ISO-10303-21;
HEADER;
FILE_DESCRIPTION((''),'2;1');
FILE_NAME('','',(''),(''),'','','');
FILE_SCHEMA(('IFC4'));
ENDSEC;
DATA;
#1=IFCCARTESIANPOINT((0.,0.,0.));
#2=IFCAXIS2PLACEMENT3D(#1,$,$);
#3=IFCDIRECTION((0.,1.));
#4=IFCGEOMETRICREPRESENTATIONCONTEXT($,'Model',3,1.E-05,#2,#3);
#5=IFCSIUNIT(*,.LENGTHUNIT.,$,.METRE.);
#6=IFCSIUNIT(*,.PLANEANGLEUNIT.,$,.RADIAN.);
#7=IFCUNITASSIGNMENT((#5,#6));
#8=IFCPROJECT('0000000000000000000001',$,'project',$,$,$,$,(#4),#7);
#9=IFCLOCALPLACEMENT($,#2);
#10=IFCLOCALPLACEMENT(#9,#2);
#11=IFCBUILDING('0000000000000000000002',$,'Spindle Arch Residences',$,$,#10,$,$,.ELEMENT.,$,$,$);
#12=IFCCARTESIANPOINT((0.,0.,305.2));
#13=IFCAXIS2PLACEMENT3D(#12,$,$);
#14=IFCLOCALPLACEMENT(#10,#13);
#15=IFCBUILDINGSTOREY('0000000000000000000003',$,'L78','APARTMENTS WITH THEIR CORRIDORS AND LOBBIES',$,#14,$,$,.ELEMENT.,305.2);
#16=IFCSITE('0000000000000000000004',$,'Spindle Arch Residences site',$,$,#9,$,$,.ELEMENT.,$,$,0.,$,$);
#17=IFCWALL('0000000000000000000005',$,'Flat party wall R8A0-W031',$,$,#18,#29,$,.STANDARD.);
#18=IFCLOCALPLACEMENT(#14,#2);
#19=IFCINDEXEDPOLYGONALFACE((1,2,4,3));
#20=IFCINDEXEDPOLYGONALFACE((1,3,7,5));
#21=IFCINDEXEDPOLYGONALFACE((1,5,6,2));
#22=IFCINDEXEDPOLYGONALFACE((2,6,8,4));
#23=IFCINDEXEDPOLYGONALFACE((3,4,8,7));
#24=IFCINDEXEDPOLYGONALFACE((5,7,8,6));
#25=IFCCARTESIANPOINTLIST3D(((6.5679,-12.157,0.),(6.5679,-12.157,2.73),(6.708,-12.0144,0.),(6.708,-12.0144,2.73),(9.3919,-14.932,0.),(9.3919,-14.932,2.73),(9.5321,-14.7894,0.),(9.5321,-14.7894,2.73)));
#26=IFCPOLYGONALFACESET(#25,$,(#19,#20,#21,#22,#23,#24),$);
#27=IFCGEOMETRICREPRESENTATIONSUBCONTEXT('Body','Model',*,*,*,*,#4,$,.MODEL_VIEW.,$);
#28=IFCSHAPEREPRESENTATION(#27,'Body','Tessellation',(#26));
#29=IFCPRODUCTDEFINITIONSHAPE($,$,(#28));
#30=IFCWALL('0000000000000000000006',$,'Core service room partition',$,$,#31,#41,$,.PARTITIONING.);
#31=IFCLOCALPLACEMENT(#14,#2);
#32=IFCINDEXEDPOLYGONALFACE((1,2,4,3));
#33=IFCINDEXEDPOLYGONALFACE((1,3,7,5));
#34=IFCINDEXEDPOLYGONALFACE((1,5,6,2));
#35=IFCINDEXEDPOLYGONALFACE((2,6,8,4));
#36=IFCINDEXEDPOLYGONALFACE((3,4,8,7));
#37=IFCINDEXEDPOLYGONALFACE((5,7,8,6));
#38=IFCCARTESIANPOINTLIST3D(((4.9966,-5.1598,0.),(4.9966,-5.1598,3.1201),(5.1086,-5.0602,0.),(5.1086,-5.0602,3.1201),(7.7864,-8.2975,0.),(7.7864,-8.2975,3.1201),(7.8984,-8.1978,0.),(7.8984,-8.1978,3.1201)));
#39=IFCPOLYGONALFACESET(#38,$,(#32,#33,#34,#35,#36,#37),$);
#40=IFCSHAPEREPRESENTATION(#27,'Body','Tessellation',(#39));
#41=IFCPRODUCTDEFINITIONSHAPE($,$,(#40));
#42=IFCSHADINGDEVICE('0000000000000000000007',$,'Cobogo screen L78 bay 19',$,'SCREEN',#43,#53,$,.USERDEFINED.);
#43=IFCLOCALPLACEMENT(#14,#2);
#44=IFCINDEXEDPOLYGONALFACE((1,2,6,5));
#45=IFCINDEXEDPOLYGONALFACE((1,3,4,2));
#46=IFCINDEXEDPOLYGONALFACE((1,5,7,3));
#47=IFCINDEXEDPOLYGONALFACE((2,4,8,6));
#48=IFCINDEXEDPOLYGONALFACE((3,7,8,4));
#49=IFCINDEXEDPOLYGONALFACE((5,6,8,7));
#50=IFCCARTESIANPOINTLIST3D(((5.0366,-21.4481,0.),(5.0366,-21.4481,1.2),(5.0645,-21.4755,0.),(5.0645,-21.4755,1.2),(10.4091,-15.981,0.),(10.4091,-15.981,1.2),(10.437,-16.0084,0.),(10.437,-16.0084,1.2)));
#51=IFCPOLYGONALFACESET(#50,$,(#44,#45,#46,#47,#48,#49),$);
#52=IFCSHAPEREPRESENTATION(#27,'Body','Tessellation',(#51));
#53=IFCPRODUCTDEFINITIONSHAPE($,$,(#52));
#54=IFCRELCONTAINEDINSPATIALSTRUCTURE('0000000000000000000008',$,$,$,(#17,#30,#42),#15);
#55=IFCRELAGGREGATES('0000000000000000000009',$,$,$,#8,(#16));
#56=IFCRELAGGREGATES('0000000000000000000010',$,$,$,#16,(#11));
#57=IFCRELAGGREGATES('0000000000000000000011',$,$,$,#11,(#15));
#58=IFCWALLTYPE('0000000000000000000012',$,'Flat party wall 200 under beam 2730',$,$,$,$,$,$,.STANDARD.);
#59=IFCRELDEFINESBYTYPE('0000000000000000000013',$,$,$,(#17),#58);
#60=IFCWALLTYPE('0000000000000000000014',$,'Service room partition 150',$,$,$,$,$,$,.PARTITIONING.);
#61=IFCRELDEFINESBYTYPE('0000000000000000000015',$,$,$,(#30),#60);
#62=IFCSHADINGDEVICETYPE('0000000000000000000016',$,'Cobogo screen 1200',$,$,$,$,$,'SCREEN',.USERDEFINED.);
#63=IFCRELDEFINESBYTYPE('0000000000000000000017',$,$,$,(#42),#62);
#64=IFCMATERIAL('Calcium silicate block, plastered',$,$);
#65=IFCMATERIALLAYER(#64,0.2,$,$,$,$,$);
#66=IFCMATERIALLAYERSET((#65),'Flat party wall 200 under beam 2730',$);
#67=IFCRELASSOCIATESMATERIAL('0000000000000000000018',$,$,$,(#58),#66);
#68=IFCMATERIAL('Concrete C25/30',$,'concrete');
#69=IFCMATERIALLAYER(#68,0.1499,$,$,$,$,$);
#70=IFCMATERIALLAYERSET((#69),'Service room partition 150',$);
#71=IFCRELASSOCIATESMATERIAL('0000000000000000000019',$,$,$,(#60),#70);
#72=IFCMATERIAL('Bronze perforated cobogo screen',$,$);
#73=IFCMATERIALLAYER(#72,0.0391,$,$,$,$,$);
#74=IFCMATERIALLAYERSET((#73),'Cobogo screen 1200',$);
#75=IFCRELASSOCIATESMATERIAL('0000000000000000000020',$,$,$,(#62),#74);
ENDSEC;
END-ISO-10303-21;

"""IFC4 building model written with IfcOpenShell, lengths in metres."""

from ifc_helpers import new_model, si_unit, direction, frame, frame_2d, origin, origin_2d, place, context, subcontext, project, spatial, rectangle, extrude, material, layer, layer_set, type_object, element, save


model = new_model("IFC4")

# Units and contexts
model_context = context("Model", 3, precision=1e-05, world=origin(), true_north=direction((0.0, 1.0)))
body_context = subcontext(model_context, "Body", "Model", "MODEL_VIEW")
ifc_project = project(units=[si_unit("LENGTHUNIT", "METRE"), si_unit("PLANEANGLEUNIT", "RADIAN")], contexts=[model_context])

# Site, building, storey
site_placement = place(None, origin())
site = spatial("IfcSite", under=ifc_project, at=site_placement, Name="Spindle Arch Residences site", CompositionType="ELEMENT", RefElevation=0.0)
building_placement = place(site_placement, origin())
building = spatial("IfcBuilding", under=site, at=building_placement, Name="Spindle Arch Residences", CompositionType="ELEMENT")
storey_placement = place(building_placement, frame((0.0, 0.0, 305.2)))
storey = spatial("IfcBuildingStorey", under=building, at=storey_placement, Name="L78", Description="APARTMENTS WITH THEIR CORRIDORS AND LOBBIES", CompositionType="ELEMENT", Elevation=305.2)

# Wall
ifc_material_1 = material(Name="Calcium silicate block, plastered")
ifc_layer_1 = layer(ifc_material_1, 0.2)
ifc_layer_set_1 = layer_set([ifc_layer_1], Name="Flat party wall 200 under beam 2730")
wall_type_1 = type_object("IfcWallType", Name="Flat party wall 200 under beam 2730", PredefinedType="STANDARD", material=ifc_layer_set_1)
wall_1_placement = place(storey_placement, frame((9.4619, -14.8606, 0.0), z_axis=(0.0, 0.0, 1.0), x_axis=(-0.713277, 0.700882, 0.0)))
element("IfcWall", 1, at=wall_1_placement, inside=storey, type_object=wall_type_1, Name="Flat party wall R8A0-W031", PredefinedType="STANDARD", context=body_context, shape_type="SweptSolid", body=[
    extrude(rectangle(XDim=3.9592, YDim=0.2, at=frame_2d((1.9795, 0.0))), origin(), (0.0, 0.0, 1.0), 2.73),
])

# Wall
ifc_material_2 = material(Name="Concrete C25/30", Category="concrete")
ifc_layer_2 = layer(ifc_material_2, 0.1499)
ifc_layer_set_2 = layer_set([ifc_layer_2], Name="Service room partition 150")
wall_type_2 = type_object("IfcWallType", Name="Service room partition 150", PredefinedType="PARTITIONING", material=ifc_layer_set_2)
wall_2_placement = place(storey_placement, frame((7.8423, -8.2476, 0.0), z_axis=(0.0, 0.0, 1.0), x_axis=(-0.664461, 0.747323, 0.0)))
element("IfcWall", 2, at=wall_2_placement, inside=storey, type_object=wall_type_2, Name="Core service room partition", PredefinedType="PARTITIONING", context=body_context, shape_type="SweptSolid", body=[
    extrude(rectangle(XDim=4.1985, YDim=0.1499, at=frame_2d((2.0991, 0.0))), origin(), (0.0, 0.0, 1.0), 3.1201),
])

# Shading device
ifc_material_3 = material(Name="Bronze perforated cobogo screen")
ifc_layer_3 = layer(ifc_material_3, 0.0391)
ifc_layer_set_3 = layer_set([ifc_layer_3], Name="Cobogo screen 1200")
shading_device_type = type_object("IfcShadingDeviceType", Name="Cobogo screen 1200", ElementType="SCREEN", PredefinedType="USERDEFINED", material=ifc_layer_set_3)
shading_device_placement = place(storey_placement, frame((7.7368, -18.7283, 0.0), z_axis=(0.0, 0.0, 1.0), x_axis=(0.700909, 0.71325, 0.0)))
element("IfcShadingDevice", 3, at=shading_device_placement, inside=storey, type_object=shading_device_type, Name="Cobogo screen L78 bay 19", ObjectType="SCREEN", PredefinedType="USERDEFINED", context=body_context, shape_type="SweptSolid", body=[
    extrude(rectangle(XDim=7.665, YDim=0.0391, at=origin_2d()), origin(), (0.0, 0.0, 1.0), 1.2),
])

save(model, "model.ifc")
